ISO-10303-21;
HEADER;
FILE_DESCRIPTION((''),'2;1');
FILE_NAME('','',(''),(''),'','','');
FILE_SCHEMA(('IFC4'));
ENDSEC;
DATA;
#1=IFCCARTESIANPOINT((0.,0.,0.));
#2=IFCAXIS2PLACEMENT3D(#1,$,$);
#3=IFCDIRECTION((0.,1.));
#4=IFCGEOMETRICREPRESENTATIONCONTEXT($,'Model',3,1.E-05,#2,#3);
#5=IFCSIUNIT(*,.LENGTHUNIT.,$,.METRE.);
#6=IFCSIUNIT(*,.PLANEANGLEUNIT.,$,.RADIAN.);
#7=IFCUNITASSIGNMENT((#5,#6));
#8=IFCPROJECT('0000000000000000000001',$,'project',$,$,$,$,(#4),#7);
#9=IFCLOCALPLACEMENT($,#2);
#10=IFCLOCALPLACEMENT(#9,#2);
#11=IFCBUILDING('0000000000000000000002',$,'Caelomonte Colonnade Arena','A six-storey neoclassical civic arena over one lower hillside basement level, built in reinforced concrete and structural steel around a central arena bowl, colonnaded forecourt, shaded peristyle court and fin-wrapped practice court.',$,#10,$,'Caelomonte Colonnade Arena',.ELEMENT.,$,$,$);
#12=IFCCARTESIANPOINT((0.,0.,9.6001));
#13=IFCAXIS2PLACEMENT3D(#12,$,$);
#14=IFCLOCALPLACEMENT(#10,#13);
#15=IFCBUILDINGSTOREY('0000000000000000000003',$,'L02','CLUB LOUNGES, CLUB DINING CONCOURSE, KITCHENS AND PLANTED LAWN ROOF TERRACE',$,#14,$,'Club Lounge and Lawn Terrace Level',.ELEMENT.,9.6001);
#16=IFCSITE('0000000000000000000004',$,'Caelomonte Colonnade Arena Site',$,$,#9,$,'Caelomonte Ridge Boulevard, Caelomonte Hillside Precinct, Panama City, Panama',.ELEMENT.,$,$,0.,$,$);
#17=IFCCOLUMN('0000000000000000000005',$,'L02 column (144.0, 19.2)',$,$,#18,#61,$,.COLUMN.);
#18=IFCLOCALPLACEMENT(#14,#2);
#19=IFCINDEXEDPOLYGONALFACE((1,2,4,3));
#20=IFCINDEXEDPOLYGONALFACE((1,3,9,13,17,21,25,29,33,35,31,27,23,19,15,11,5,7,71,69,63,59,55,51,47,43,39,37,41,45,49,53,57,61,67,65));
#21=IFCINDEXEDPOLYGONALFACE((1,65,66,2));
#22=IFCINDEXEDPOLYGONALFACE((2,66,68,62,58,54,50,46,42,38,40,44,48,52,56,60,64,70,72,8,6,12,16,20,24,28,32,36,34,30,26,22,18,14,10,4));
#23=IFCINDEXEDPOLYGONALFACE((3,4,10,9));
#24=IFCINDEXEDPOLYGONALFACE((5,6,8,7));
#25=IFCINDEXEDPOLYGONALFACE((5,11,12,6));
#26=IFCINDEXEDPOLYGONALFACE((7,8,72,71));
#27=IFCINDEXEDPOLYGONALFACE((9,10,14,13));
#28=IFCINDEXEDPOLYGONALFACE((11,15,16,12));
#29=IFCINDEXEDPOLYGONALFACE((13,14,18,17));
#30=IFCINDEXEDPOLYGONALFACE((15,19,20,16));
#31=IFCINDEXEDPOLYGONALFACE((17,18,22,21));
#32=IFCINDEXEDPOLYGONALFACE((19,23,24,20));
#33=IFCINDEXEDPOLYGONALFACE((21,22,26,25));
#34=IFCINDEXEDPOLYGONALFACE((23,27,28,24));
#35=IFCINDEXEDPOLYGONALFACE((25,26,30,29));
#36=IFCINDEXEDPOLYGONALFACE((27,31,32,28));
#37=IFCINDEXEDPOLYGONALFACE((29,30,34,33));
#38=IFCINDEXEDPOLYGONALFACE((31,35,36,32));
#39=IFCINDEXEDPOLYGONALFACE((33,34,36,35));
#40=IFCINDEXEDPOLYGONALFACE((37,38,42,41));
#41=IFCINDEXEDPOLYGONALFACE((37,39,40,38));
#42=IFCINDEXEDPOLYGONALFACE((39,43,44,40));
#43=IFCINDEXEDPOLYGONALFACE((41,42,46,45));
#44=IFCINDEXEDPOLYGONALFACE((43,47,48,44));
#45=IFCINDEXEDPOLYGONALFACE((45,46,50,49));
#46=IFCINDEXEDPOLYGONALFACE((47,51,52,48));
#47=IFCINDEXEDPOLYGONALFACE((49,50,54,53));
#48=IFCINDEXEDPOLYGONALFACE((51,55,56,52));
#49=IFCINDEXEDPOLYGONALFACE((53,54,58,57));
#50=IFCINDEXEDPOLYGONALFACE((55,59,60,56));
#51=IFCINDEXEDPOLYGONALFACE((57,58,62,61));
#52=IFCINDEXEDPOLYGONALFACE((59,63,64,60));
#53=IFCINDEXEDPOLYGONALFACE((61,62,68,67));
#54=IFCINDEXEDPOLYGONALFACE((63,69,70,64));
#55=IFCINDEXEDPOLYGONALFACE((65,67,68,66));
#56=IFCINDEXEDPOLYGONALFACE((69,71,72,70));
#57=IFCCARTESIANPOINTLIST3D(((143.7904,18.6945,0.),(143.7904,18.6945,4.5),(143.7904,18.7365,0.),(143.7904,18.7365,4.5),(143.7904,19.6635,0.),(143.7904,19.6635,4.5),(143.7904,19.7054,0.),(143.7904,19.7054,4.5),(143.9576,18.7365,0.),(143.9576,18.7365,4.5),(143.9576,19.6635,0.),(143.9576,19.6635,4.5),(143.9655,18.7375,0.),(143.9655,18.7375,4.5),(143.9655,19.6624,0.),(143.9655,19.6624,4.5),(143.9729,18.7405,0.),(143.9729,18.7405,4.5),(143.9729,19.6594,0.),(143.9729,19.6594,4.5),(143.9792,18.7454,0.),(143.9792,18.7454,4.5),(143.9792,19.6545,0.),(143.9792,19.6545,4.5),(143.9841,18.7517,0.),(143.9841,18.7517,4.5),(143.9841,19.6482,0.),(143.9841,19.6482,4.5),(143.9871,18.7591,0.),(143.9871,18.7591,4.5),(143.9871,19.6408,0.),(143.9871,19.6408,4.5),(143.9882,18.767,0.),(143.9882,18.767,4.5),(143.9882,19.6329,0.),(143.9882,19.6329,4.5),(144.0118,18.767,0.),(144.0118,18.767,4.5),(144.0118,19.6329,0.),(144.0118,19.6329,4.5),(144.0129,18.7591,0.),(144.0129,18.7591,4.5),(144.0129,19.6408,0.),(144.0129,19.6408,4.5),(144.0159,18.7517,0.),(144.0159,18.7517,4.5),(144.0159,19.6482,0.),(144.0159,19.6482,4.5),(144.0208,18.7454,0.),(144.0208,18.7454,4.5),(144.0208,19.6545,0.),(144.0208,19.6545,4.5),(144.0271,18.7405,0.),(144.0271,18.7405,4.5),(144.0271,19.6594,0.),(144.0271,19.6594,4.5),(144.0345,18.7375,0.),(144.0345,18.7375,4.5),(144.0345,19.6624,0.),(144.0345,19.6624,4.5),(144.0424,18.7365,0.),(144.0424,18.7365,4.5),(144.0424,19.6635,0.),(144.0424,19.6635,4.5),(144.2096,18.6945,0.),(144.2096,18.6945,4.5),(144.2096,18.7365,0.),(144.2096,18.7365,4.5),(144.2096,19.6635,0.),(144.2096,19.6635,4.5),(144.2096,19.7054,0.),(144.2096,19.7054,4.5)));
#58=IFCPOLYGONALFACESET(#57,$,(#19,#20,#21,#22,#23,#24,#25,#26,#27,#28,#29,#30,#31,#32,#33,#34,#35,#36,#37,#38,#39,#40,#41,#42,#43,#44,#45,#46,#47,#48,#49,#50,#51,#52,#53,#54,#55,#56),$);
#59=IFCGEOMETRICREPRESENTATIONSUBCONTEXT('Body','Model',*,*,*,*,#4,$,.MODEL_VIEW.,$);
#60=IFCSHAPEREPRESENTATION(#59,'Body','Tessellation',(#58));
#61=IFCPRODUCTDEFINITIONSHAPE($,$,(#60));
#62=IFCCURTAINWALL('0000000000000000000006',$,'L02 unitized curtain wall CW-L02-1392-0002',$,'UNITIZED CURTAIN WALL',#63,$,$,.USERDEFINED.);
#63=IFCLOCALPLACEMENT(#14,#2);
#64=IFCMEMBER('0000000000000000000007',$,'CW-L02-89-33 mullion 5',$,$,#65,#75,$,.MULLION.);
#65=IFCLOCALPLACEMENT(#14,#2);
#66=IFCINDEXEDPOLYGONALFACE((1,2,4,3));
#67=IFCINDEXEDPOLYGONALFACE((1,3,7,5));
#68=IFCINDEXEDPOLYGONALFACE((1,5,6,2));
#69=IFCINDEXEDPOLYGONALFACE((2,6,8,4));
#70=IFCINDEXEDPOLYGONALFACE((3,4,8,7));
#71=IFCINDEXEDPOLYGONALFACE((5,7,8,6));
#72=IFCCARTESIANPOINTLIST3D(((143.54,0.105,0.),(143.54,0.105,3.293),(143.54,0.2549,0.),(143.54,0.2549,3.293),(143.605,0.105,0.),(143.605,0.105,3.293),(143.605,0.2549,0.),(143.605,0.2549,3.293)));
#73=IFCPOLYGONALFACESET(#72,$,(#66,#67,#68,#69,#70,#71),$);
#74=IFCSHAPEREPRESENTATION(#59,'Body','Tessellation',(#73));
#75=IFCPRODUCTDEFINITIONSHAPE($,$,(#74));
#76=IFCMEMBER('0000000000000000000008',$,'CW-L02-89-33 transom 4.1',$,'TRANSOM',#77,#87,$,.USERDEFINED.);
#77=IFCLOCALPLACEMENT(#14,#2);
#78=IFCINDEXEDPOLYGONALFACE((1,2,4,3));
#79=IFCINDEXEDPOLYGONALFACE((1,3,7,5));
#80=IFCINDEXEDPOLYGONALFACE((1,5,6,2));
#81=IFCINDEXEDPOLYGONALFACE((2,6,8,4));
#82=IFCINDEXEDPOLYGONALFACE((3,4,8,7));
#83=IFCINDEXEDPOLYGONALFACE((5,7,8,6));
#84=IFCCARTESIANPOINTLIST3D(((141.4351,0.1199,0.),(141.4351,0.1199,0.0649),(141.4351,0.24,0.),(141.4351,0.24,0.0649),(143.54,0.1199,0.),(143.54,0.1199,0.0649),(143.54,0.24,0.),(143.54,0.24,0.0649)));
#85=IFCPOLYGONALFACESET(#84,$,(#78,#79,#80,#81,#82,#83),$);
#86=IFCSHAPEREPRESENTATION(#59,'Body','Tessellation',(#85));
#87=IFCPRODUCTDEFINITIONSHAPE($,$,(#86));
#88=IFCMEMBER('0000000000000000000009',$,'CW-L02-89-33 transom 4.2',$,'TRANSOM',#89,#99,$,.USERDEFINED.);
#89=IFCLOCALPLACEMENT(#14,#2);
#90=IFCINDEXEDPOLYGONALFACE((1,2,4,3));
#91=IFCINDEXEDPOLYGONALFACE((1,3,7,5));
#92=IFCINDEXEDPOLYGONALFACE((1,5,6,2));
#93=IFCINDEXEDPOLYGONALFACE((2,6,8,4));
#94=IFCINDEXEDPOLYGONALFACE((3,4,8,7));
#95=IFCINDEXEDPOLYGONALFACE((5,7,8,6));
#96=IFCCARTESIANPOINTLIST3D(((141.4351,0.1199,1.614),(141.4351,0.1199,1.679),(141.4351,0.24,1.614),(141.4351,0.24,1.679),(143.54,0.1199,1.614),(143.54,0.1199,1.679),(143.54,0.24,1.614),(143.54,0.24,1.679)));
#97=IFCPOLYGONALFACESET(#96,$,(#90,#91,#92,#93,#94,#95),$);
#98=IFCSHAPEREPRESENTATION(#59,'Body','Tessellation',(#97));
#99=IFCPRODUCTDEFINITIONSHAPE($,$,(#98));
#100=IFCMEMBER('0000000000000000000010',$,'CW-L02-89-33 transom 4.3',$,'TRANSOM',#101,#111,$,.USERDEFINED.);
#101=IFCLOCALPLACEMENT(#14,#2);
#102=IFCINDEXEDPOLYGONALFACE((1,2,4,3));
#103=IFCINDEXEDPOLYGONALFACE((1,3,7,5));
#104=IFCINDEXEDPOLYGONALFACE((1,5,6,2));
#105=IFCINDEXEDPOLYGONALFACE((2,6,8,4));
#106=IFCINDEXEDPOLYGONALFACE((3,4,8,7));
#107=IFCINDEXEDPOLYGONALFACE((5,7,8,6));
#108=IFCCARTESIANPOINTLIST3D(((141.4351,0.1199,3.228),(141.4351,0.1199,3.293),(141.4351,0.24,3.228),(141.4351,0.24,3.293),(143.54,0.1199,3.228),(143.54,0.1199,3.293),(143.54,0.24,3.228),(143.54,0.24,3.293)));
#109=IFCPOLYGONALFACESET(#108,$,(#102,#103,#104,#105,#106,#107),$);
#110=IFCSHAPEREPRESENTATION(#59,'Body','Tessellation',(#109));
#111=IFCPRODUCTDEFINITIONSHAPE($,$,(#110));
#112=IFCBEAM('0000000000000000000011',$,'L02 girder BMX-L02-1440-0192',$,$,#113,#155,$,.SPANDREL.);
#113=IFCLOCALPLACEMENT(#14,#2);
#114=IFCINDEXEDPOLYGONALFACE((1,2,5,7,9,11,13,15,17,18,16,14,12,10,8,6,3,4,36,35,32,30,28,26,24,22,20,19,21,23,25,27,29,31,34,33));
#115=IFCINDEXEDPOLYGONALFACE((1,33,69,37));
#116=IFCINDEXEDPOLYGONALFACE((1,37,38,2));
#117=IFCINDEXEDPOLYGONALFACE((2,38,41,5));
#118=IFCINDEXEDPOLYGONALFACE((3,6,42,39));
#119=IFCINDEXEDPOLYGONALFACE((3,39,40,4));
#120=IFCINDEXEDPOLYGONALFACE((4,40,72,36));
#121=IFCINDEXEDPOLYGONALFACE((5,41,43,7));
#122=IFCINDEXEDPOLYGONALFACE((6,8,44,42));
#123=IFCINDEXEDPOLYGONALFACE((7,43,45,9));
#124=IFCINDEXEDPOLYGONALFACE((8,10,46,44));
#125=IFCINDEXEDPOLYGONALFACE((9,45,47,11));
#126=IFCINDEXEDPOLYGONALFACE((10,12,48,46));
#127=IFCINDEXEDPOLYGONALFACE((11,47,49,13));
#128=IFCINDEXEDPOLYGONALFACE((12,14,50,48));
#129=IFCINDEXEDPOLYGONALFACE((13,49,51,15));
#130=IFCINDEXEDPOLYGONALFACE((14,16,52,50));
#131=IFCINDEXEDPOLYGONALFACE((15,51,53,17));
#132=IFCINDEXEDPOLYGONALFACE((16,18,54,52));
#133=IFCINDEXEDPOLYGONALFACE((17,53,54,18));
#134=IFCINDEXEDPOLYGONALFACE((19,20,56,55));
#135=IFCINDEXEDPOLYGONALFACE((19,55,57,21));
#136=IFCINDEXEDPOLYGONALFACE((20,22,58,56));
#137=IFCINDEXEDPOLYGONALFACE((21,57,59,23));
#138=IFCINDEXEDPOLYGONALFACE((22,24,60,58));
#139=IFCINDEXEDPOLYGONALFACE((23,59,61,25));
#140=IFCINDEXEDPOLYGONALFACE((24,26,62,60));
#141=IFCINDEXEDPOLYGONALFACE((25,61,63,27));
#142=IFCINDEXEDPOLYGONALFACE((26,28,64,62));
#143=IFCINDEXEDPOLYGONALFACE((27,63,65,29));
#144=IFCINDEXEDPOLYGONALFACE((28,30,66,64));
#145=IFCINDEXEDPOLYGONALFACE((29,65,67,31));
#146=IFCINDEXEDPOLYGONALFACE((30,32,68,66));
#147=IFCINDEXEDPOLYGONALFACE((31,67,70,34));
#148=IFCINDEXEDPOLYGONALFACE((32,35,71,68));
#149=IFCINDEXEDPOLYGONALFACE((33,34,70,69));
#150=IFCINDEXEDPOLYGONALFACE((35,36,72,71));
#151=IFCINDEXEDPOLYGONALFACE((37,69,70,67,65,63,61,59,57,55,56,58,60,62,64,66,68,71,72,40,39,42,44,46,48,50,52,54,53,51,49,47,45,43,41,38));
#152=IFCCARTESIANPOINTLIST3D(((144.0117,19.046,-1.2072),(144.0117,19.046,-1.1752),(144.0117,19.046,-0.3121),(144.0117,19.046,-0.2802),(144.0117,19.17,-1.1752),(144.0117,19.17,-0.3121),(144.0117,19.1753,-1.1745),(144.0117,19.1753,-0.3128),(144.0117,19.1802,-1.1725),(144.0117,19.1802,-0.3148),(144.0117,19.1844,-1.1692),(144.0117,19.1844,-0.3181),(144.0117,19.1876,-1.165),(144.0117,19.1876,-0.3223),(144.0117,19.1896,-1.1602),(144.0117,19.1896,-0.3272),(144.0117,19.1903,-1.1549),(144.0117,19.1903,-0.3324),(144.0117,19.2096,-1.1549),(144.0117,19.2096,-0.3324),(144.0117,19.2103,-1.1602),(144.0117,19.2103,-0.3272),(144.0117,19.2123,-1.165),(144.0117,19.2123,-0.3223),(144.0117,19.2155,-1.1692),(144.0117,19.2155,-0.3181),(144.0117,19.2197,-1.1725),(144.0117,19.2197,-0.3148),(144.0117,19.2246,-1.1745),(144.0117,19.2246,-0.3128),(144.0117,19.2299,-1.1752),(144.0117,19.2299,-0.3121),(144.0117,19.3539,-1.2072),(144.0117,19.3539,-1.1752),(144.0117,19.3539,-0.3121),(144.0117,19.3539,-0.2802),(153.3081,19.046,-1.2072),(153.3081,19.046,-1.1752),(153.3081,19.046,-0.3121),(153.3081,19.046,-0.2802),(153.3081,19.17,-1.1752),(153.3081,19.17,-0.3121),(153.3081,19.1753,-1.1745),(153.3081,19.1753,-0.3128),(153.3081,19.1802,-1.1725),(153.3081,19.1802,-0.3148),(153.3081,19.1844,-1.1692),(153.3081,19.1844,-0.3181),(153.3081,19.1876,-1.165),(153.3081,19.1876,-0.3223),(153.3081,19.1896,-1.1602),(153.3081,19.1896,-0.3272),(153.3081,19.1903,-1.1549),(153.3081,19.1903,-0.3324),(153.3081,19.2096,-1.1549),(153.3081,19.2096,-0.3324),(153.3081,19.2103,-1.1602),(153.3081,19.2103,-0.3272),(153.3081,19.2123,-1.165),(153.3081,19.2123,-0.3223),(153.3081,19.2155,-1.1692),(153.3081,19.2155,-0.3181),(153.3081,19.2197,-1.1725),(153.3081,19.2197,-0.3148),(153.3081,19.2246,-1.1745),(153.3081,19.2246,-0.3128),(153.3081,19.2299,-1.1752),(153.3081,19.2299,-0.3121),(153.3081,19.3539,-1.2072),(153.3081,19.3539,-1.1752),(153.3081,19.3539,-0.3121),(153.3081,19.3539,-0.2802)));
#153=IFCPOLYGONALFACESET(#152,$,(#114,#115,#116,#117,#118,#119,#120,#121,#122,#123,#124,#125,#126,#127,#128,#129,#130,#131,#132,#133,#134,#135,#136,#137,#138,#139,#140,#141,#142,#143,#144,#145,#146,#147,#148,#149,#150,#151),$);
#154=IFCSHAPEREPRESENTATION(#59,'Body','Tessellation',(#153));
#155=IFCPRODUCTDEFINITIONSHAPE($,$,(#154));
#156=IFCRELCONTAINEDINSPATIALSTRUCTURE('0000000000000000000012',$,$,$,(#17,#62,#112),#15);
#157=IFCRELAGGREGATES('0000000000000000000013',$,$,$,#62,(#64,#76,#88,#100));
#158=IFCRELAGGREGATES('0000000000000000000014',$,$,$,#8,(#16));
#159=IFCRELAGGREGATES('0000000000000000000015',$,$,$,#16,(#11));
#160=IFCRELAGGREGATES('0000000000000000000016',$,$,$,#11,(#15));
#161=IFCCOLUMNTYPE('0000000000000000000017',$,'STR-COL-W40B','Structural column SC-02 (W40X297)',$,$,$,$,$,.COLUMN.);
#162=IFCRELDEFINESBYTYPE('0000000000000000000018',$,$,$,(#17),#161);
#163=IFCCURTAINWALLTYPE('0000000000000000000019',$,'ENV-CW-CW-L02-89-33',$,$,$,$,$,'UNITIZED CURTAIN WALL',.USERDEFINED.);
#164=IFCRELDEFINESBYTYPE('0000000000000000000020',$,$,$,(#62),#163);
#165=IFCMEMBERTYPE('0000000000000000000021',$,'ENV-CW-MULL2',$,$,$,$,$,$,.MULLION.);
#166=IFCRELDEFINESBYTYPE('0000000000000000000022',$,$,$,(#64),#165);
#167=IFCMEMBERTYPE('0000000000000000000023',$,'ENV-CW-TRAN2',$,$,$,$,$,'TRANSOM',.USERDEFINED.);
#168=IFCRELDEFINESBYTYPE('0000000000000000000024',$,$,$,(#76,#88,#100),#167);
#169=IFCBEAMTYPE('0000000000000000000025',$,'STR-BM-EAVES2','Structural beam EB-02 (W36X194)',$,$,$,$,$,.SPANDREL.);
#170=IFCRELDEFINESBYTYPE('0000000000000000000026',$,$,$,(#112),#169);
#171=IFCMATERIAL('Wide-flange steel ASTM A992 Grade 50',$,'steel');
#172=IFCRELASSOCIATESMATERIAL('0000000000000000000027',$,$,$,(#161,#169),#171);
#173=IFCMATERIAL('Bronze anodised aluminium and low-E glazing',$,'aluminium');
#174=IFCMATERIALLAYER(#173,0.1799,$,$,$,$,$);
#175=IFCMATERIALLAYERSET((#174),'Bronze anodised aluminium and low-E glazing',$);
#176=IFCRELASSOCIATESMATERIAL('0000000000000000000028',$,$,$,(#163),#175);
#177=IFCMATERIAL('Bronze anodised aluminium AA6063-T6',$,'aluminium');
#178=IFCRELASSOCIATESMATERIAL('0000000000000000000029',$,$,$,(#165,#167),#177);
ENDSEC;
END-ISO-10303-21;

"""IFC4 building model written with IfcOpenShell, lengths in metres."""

from ifc_helpers import new_model, si_unit, direction, frame, origin, origin_2d, place, context, subcontext, project, spatial, rectangle, i_section, extrude, material, layer, layer_set, material_profile, profile_set, type_object, element, aggregate, save


model = new_model("IFC4")

# Units and contexts
model_context = context("Model", 3, precision=1e-05, world=origin(), true_north=direction((0.0, 1.0)))
body_context = subcontext(model_context, "Body", "Model", "MODEL_VIEW")
ifc_project = project(units=[si_unit("LENGTHUNIT", "METRE"), si_unit("PLANEANGLEUNIT", "RADIAN")], contexts=[model_context])

# Site, building, storey
site_placement = place(None, origin())
site = spatial("IfcSite", under=ifc_project, at=site_placement, Name="Caelomonte Colonnade Arena Site", LongName="Caelomonte Ridge Boulevard, Caelomonte Hillside Precinct, Panama City, Panama", CompositionType="ELEMENT", RefElevation=0.0)
building_placement = place(site_placement, origin())
building = spatial("IfcBuilding", under=site, at=building_placement, Name="Caelomonte Colonnade Arena", Description="A six-storey neoclassical civic arena over one lower hillside basement level, built in reinforced concrete and structural steel around a central arena bowl, colonnaded forecourt, shaded peristyle court and fin-wrapped practice court.", LongName="Caelomonte Colonnade Arena", CompositionType="ELEMENT")
storey_placement = place(building_placement, frame((0.0, 0.0, 9.6001)))
storey = spatial("IfcBuildingStorey", under=building, at=storey_placement, Name="L02", Description="CLUB LOUNGES, CLUB DINING CONCOURSE, KITCHENS AND PLANTED LAWN ROOF TERRACE", LongName="Club Lounge and Lawn Terrace Level", CompositionType="ELEMENT", Elevation=9.6001)

# Column
ifc_material_1 = material(Name="Wide-flange steel ASTM A992 Grade 50", Category="steel")
ifc_material_profile_1 = material_profile(ifc_material_1, i_section(OverallWidth=0.4192, OverallDepth=1.011, WebThickness=0.0237, FlangeThickness=0.042, FilletRadius=0.0305, at=origin_2d()), Name="W40X297")
ifc_profile_set_1 = profile_set([ifc_material_profile_1], Name="Wide-flange steel ASTM A992 Grade 50")
column_type = type_object("IfcColumnType", Name="STR-COL-W40B", Description="Structural column SC-02 (W40X297)", PredefinedType="COLUMN", material=ifc_profile_set_1)
column_placement = place(storey_placement, frame((144.0, 19.2, 0.0), z_axis=(0.0, 0.0, 1.0), x_axis=(1.0, 0.0, 0.0)))
element("IfcColumn", 1, at=column_placement, inside=storey, type_object=column_type, Name="L02 column (144.0, 19.2)", PredefinedType="COLUMN", context=body_context, shape_type="SweptSolid", body=[
    extrude(i_section(OverallWidth=0.4192, OverallDepth=1.011, WebThickness=0.0237, FlangeThickness=0.042, FilletRadius=0.0305, at=origin_2d()), origin(), (0.0, 0.0, 1.0), 4.5),
])

# Curtain wall, members
ifc_material_2 = material(Name="Bronze anodised aluminium and low-E glazing", Category="aluminium")
ifc_layer_1 = layer(ifc_material_2, 0.1799)
ifc_layer_set_1 = layer_set([ifc_layer_1], Name="Bronze anodised aluminium and low-E glazing")
curtain_wall_type = type_object("IfcCurtainWallType", Name="ENV-CW-CW-L02-89-33", ElementType="UNITIZED CURTAIN WALL", PredefinedType="USERDEFINED", material=ifc_layer_set_1)
curtain_wall_placement = place(storey_placement, origin())
curtain_wall = element("IfcCurtainWall", 2, at=curtain_wall_placement, inside=storey, type_object=curtain_wall_type, Name="L02 unitized curtain wall CW-L02-1392-0002", ObjectType="UNITIZED CURTAIN WALL", PredefinedType="USERDEFINED")
ifc_material_3 = material(Name="Bronze anodised aluminium AA6063-T6", Category="aluminium")
ifc_material_profile_2 = material_profile(ifc_material_3, rectangle(XDim=0.0649, YDim=0.1499, at=origin_2d()), Name="CWM-65X150")
ifc_profile_set_2 = profile_set([ifc_material_profile_2], Name="Bronze anodised aluminium AA6063-T6")
member_type_1 = type_object("IfcMemberType", Name="ENV-CW-MULL2", PredefinedType="MULLION", material=ifc_profile_set_2)
member_1_placement = place(storey_placement, frame((143.5725, 0.1799, 0.0), z_axis=(0.0, 0.0, 1.0), x_axis=(1.0, 0.0, 0.0)))
member_1 = element("IfcMember", 3, at=member_1_placement, type_object=member_type_1, Name="CW-L02-89-33 mullion 5", PredefinedType="MULLION", context=body_context, shape_type="SweptSolid", body=[
    extrude(rectangle(XDim=0.0649, YDim=0.1499, at=origin_2d()), origin(), (0.0, 0.0, 1.0), 3.293),
])
ifc_material_profile_3 = material_profile(ifc_material_3, rectangle(XDim=0.0649, YDim=0.1201, at=origin_2d()), Name="CWT-65X120")
ifc_profile_set_3 = profile_set([ifc_material_profile_3], Name="Bronze anodised aluminium AA6063-T6")
member_type_2 = type_object("IfcMemberType", Name="ENV-CW-TRAN2", ElementType="TRANSOM", PredefinedType="USERDEFINED", material=ifc_profile_set_3)
member_2_placement = place(storey_placement, frame((141.4351, 0.1799, 0.0325), z_axis=(1.0, 0.0, 0.0), x_axis=(0.0, 0.0, 1.0)))
member_2 = element("IfcMember", 4, at=member_2_placement, type_object=member_type_2, Name="CW-L02-89-33 transom 4.1", ObjectType="TRANSOM", PredefinedType="USERDEFINED", context=body_context, shape_type="SweptSolid", body=[
    extrude(rectangle(XDim=0.0649, YDim=0.1201, at=origin_2d()), origin(), (0.0, 0.0, 1.0), 2.105),
])
member_3_placement = place(storey_placement, frame((141.4351, 0.1799, 1.6465), z_axis=(1.0, 0.0, 0.0), x_axis=(0.0, 0.0, 1.0)))
member_3 = element("IfcMember", 5, at=member_3_placement, type_object=member_type_2, Name="CW-L02-89-33 transom 4.2", ObjectType="TRANSOM", PredefinedType="USERDEFINED", context=body_context, shape_type="SweptSolid", body=[
    extrude(rectangle(XDim=0.0649, YDim=0.1201, at=origin_2d()), origin(), (0.0, 0.0, 1.0), 2.105),
])
member_4_placement = place(storey_placement, frame((141.4351, 0.1799, 3.2605), z_axis=(1.0, 0.0, 0.0), x_axis=(0.0, 0.0, 1.0)))
member_4 = element("IfcMember", 6, at=member_4_placement, type_object=member_type_2, Name="CW-L02-89-33 transom 4.3", ObjectType="TRANSOM", PredefinedType="USERDEFINED", context=body_context, shape_type="SweptSolid", body=[
    extrude(rectangle(XDim=0.0649, YDim=0.1201, at=origin_2d()), origin(), (0.0, 0.0, 1.0), 2.105),
])

# Beam
ifc_material_profile_4 = material_profile(ifc_material_1, i_section(OverallWidth=0.3079, OverallDepth=0.927, WebThickness=0.0193, FlangeThickness=0.032, FilletRadius=0.0203, at=origin_2d()), Name="W36X194")
ifc_profile_set_4 = profile_set([ifc_material_profile_4], Name="Wide-flange steel ASTM A992 Grade 50")
beam_type_1 = type_object("IfcBeamType", Name="STR-BM-EAVES2", Description="Structural beam EB-02 (W36X194)", PredefinedType="SPANDREL", material=ifc_profile_set_4)
beam_1_placement = place(storey_placement, frame((144.0117, 19.2, -0.7437), z_axis=(1.0, 0.0, 0.0), x_axis=(0.0, 1.0, 0.0)))
element("IfcBeam", 7, at=beam_1_placement, inside=storey, type_object=beam_type_1, Name="L02 girder BMX-L02-1440-0192", PredefinedType="SPANDREL", context=body_context, shape_type="SweptSolid", body=[
    extrude(i_section(OverallWidth=0.3079, OverallDepth=0.927, WebThickness=0.0193, FlangeThickness=0.032, FilletRadius=0.0203, at=origin_2d()), origin(), (0.0, 0.0, 1.0), 9.2964),
])

aggregate(curtain_wall, [member_1, member_2, member_3, member_4])

save(model, "model.ifc")
